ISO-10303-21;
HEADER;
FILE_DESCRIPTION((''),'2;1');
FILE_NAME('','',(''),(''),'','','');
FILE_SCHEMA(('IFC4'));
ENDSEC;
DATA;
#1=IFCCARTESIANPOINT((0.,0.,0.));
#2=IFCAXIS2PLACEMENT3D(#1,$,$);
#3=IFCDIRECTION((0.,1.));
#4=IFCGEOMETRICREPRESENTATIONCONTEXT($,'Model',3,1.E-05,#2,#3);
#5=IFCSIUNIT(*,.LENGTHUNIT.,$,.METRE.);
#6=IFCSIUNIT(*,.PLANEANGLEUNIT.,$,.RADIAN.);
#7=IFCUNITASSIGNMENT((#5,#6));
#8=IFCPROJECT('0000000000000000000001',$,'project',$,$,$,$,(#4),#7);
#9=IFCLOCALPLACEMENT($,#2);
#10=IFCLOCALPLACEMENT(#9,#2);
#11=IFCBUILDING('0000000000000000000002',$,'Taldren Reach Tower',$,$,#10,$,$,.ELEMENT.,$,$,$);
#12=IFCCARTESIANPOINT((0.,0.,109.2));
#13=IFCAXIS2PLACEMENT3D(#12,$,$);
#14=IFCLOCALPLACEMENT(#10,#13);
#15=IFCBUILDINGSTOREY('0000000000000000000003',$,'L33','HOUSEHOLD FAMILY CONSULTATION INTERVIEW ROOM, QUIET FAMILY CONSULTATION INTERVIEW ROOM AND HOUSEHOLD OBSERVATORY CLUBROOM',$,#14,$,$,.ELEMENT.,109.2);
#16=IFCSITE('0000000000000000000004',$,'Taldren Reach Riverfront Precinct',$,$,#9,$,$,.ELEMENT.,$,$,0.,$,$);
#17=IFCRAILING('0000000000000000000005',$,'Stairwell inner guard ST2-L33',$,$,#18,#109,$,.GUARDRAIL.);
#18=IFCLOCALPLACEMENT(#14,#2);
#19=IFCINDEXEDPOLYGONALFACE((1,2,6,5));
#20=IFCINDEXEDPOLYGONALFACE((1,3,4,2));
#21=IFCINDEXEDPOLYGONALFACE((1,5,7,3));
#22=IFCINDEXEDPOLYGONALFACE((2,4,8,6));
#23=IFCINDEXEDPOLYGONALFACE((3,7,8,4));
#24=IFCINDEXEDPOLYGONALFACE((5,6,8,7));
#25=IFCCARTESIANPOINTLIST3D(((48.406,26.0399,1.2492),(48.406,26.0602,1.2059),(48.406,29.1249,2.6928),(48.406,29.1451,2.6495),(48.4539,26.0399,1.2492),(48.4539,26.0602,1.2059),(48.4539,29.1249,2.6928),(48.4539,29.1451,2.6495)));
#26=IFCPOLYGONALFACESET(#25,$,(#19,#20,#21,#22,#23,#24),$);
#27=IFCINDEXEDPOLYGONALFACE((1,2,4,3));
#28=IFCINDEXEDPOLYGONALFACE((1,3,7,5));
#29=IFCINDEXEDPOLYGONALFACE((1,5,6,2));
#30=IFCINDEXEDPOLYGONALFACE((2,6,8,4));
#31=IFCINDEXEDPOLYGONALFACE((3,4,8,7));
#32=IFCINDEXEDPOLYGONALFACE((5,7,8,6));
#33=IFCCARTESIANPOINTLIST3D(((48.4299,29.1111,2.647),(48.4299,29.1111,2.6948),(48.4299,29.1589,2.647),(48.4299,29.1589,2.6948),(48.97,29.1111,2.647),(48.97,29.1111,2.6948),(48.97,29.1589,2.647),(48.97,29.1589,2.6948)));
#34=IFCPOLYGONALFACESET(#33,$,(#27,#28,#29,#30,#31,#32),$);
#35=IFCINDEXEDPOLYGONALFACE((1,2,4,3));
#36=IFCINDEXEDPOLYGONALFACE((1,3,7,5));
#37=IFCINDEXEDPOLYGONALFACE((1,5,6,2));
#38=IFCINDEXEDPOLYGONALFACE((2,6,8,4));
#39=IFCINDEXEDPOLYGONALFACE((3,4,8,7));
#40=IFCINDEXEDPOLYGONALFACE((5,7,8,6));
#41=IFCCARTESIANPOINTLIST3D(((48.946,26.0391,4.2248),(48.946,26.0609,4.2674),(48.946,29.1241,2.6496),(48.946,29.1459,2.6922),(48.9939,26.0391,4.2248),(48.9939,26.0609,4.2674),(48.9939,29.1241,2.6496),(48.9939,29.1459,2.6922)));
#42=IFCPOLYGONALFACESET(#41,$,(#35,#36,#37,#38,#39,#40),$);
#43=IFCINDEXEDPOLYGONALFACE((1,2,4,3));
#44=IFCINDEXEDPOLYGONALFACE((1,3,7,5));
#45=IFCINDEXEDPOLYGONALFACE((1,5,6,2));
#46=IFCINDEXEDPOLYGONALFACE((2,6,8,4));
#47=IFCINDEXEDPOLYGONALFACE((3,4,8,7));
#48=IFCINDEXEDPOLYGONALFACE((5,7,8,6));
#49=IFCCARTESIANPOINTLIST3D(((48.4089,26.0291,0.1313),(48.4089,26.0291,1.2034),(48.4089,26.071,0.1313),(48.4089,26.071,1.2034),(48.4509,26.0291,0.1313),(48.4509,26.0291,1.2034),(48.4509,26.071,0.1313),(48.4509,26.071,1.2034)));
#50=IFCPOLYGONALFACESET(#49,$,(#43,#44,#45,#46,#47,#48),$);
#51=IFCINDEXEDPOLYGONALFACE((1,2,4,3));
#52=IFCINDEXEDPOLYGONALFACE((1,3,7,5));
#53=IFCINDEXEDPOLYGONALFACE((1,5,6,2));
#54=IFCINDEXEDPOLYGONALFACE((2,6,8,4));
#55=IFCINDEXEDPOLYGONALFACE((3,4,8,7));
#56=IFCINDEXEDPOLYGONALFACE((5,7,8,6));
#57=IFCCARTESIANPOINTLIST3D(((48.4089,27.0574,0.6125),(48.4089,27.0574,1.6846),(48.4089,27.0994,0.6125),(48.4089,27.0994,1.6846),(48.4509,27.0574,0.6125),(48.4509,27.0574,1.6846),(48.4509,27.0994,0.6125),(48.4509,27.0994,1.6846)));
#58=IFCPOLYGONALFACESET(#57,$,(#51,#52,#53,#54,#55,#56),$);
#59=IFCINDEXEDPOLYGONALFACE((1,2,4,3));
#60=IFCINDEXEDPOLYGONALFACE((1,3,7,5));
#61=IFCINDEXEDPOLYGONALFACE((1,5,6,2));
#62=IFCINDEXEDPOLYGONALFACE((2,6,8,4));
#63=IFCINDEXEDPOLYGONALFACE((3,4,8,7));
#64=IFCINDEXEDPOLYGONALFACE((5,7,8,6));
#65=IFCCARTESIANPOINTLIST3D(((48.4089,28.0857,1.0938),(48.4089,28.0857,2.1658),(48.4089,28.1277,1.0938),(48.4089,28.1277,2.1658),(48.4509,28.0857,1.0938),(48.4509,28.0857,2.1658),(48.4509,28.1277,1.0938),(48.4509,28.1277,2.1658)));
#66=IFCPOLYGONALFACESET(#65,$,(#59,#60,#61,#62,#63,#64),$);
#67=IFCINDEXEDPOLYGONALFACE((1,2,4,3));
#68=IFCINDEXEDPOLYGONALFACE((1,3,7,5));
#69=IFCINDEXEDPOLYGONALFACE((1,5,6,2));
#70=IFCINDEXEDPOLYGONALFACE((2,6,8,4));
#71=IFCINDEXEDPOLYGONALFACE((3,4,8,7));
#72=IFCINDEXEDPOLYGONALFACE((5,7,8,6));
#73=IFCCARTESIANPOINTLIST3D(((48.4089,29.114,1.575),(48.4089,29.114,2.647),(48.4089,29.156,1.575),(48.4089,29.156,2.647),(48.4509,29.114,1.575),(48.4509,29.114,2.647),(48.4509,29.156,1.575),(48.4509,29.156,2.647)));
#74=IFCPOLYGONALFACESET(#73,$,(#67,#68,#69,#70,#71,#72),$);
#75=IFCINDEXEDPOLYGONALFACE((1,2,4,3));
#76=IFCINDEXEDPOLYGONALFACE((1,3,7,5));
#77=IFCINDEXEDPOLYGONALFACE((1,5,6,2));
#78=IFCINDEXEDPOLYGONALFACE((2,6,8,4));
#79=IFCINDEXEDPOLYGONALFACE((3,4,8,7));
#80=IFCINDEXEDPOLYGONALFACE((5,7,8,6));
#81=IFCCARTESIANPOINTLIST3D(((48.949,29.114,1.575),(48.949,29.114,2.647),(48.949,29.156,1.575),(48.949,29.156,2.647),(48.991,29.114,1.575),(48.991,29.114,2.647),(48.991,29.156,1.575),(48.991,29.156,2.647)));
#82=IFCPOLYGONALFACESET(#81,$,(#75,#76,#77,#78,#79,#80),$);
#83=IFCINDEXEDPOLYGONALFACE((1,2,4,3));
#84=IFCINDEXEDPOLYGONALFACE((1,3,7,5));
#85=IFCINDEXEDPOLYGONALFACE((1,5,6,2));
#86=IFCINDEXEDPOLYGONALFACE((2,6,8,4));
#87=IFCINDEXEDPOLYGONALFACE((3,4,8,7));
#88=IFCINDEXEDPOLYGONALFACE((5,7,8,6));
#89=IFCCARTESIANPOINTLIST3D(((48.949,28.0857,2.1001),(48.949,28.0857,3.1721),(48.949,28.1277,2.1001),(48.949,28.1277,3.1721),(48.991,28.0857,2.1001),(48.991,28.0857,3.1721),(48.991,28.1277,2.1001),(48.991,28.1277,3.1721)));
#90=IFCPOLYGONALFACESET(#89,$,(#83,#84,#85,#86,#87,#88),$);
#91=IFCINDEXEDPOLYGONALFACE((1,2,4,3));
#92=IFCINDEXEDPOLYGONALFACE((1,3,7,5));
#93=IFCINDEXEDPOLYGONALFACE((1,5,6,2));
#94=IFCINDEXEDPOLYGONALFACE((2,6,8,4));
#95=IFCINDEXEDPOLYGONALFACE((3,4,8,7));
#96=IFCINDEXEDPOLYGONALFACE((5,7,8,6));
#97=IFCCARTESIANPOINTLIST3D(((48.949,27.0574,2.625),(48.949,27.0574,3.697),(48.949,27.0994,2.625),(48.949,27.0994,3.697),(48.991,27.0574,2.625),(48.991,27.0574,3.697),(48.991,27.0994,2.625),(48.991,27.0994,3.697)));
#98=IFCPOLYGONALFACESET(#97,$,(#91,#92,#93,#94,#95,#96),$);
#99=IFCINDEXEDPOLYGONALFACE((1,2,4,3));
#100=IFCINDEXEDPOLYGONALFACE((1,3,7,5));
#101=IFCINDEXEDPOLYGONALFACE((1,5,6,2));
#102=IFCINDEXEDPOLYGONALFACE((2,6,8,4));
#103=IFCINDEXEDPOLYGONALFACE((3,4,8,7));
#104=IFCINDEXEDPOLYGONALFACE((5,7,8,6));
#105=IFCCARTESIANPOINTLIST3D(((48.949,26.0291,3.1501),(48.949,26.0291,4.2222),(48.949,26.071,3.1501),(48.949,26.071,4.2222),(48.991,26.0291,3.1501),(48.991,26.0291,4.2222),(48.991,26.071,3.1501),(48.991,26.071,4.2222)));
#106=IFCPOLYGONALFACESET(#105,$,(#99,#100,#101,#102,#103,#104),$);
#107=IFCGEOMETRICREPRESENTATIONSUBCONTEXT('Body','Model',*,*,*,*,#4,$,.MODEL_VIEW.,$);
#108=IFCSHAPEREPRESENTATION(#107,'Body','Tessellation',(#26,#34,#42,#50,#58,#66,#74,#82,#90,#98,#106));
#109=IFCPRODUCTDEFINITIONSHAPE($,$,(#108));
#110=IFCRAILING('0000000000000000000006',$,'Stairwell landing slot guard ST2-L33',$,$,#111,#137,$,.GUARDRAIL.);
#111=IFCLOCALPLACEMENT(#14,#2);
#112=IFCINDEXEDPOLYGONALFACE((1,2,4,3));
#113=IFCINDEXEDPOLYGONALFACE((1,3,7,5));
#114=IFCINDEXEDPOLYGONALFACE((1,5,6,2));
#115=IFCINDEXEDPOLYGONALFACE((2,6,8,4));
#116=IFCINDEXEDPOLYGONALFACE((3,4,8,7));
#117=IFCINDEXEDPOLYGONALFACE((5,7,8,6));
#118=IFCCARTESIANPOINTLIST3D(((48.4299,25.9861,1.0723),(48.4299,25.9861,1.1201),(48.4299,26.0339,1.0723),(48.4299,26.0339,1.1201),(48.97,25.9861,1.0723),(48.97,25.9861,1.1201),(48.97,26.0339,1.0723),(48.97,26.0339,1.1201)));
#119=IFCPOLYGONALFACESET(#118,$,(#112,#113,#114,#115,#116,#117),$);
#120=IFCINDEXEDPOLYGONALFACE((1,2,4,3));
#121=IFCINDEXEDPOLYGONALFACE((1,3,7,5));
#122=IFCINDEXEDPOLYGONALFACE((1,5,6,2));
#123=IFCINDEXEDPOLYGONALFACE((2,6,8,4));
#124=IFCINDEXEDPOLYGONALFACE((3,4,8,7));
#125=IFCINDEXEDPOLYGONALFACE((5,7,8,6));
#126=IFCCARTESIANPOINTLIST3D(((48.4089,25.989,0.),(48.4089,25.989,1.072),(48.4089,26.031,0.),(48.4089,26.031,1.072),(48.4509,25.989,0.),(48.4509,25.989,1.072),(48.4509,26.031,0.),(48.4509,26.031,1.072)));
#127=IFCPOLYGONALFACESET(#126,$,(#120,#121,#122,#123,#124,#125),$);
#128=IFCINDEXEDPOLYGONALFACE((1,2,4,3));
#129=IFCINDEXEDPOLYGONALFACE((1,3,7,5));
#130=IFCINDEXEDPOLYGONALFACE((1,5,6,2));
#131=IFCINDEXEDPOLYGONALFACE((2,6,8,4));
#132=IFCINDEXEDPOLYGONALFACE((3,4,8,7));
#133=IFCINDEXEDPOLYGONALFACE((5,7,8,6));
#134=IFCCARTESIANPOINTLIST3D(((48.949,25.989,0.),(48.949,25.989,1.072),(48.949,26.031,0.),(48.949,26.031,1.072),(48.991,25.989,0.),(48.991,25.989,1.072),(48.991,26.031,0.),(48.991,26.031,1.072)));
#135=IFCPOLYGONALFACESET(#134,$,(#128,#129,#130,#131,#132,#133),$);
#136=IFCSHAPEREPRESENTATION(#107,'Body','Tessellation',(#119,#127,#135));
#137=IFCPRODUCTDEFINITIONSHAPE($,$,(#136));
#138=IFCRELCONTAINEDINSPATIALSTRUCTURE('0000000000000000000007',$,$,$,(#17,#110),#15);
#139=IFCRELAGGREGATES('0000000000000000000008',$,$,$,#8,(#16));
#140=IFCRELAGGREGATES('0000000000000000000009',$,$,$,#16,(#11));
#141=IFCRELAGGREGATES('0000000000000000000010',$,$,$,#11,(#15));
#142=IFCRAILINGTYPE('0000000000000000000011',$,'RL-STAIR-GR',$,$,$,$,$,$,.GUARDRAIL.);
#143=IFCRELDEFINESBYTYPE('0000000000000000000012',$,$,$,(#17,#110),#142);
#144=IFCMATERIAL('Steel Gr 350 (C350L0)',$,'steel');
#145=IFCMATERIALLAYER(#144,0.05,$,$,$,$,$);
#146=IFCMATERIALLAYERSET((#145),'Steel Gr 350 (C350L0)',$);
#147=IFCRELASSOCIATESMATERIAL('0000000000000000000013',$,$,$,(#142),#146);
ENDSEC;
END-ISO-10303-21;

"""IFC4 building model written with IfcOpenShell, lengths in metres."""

from ifc_helpers import new_model, si_unit, direction, frame, origin, origin_2d, place, context, subcontext, project, spatial, rectangle, extrude, material, layer, layer_set, type_object, element, save


model = new_model("IFC4")

# Units and contexts
model_context = context("Model", 3, precision=1e-05, world=origin(), true_north=direction((0.0, 1.0)))
body_context = subcontext(model_context, "Body", "Model", "MODEL_VIEW")
ifc_project = project(units=[si_unit("LENGTHUNIT", "METRE"), si_unit("PLANEANGLEUNIT", "RADIAN")], contexts=[model_context])

# Site, building, storey
site_placement = place(None, origin())
site = spatial("IfcSite", under=ifc_project, at=site_placement, Name="Taldren Reach Riverfront Precinct", CompositionType="ELEMENT", RefElevation=0.0)
building_placement = place(site_placement, origin())
building = spatial("IfcBuilding", under=site, at=building_placement, Name="Taldren Reach Tower", CompositionType="ELEMENT")
storey_placement = place(building_placement, frame((0.0, 0.0, 109.2)))
storey = spatial("IfcBuildingStorey", under=building, at=storey_placement, Name="L33", Description="HOUSEHOLD FAMILY CONSULTATION INTERVIEW ROOM, QUIET FAMILY CONSULTATION INTERVIEW ROOM AND HOUSEHOLD OBSERVATORY CLUBROOM", CompositionType="ELEMENT", Elevation=109.2)

# Railings
ifc_material_1 = material(Name="Steel Gr 350 (C350L0)", Category="steel")
ifc_layer_1 = layer(ifc_material_1, 0.05)
ifc_layer_set_1 = layer_set([ifc_layer_1], Name="Steel Gr 350 (C350L0)")
railing_type_1 = type_object("IfcRailingType", Name="RL-STAIR-GR", PredefinedType="GUARDRAIL", material=ifc_layer_set_1)
railing_1_placement = place(storey_placement, frame((48.4299, 26.05, 0.1313)))
element("IfcRailing", 1, at=railing_1_placement, inside=storey, type_object=railing_type_1, Name="Stairwell inner guard ST2-L33", PredefinedType="GUARDRAIL", context=body_context, shape_type="SweptSolid", body=[
    extrude(rectangle(XDim=0.0479, YDim=0.0479, at=origin_2d()), frame((0.0, 0.0, 1.0962), z_axis=(0.0, 0.905738, 0.423839), x_axis=(-1.0, 0.0, 0.0)), (0.0, 0.0, 1.0), 3.406),
    extrude(rectangle(XDim=0.0479, YDim=0.0479, at=origin_2d()), frame((0.0, 3.085, 2.5396), z_axis=(1.0, 0.0, 0.0), x_axis=(0.0, 1.0, 0.0)), (0.0, 0.0, 1.0), 0.54),
    extrude(rectangle(XDim=0.0479, YDim=0.0479, at=origin_2d()), frame((0.54, 3.085, 2.5396), z_axis=(0.0, -0.890617, 0.454753), x_axis=(1.0, 0.0, 0.0)), (0.0, 0.0, 1.0), 3.4639),
    extrude(rectangle(XDim=0.042, YDim=0.042, at=origin_2d()), origin(), (0.0, 0.0, 1.0), 1.072),
    extrude(rectangle(XDim=0.042, YDim=0.042, at=origin_2d()), frame((0.0, 1.0283, 0.4812)), (0.0, 0.0, 1.0), 1.072),
    extrude(rectangle(XDim=0.042, YDim=0.042, at=origin_2d()), frame((0.0, 2.0566, 0.9624)), (0.0, 0.0, 1.0), 1.072),
    extrude(rectangle(XDim=0.042, YDim=0.042, at=origin_2d()), frame((0.0, 3.085, 1.4436)), (0.0, 0.0, 1.0), 1.072),
    extrude(rectangle(XDim=0.042, YDim=0.042, at=origin_2d()), frame((0.54, 3.085, 1.4436)), (0.0, 0.0, 1.0), 1.072),
    extrude(rectangle(XDim=0.042, YDim=0.042, at=origin_2d()), frame((0.54, 2.0566, 1.9688)), (0.0, 0.0, 1.0), 1.072),
    extrude(rectangle(XDim=0.042, YDim=0.042, at=origin_2d()), frame((0.54, 1.0283, 2.4937)), (0.0, 0.0, 1.0), 1.072),
    extrude(rectangle(XDim=0.042, YDim=0.042, at=origin_2d()), frame((0.54, 0.0, 3.0188)), (0.0, 0.0, 1.0), 1.072),
])
railing_2_placement = place(storey_placement, frame((48.4299, 26.01, 0.0)))
element("IfcRailing", 2, at=railing_2_placement, inside=storey, type_object=railing_type_1, Name="Stairwell landing slot guard ST2-L33", PredefinedType="GUARDRAIL", context=body_context, shape_type="SweptSolid", body=[
    extrude(rectangle(XDim=0.0479, YDim=0.0479, at=origin_2d()), frame((0.0, 0.0, 1.0962), z_axis=(1.0, 0.0, 0.0), x_axis=(0.0, 1.0, 0.0)), (0.0, 0.0, 1.0), 0.54),
    extrude(rectangle(XDim=0.042, YDim=0.042, at=origin_2d()), origin(), (0.0, 0.0, 1.0), 1.072),
    extrude(rectangle(XDim=0.042, YDim=0.042, at=origin_2d()), frame((0.54, 0.0, 0.0)), (0.0, 0.0, 1.0), 1.072),
])

save(model, "model.ifc")
